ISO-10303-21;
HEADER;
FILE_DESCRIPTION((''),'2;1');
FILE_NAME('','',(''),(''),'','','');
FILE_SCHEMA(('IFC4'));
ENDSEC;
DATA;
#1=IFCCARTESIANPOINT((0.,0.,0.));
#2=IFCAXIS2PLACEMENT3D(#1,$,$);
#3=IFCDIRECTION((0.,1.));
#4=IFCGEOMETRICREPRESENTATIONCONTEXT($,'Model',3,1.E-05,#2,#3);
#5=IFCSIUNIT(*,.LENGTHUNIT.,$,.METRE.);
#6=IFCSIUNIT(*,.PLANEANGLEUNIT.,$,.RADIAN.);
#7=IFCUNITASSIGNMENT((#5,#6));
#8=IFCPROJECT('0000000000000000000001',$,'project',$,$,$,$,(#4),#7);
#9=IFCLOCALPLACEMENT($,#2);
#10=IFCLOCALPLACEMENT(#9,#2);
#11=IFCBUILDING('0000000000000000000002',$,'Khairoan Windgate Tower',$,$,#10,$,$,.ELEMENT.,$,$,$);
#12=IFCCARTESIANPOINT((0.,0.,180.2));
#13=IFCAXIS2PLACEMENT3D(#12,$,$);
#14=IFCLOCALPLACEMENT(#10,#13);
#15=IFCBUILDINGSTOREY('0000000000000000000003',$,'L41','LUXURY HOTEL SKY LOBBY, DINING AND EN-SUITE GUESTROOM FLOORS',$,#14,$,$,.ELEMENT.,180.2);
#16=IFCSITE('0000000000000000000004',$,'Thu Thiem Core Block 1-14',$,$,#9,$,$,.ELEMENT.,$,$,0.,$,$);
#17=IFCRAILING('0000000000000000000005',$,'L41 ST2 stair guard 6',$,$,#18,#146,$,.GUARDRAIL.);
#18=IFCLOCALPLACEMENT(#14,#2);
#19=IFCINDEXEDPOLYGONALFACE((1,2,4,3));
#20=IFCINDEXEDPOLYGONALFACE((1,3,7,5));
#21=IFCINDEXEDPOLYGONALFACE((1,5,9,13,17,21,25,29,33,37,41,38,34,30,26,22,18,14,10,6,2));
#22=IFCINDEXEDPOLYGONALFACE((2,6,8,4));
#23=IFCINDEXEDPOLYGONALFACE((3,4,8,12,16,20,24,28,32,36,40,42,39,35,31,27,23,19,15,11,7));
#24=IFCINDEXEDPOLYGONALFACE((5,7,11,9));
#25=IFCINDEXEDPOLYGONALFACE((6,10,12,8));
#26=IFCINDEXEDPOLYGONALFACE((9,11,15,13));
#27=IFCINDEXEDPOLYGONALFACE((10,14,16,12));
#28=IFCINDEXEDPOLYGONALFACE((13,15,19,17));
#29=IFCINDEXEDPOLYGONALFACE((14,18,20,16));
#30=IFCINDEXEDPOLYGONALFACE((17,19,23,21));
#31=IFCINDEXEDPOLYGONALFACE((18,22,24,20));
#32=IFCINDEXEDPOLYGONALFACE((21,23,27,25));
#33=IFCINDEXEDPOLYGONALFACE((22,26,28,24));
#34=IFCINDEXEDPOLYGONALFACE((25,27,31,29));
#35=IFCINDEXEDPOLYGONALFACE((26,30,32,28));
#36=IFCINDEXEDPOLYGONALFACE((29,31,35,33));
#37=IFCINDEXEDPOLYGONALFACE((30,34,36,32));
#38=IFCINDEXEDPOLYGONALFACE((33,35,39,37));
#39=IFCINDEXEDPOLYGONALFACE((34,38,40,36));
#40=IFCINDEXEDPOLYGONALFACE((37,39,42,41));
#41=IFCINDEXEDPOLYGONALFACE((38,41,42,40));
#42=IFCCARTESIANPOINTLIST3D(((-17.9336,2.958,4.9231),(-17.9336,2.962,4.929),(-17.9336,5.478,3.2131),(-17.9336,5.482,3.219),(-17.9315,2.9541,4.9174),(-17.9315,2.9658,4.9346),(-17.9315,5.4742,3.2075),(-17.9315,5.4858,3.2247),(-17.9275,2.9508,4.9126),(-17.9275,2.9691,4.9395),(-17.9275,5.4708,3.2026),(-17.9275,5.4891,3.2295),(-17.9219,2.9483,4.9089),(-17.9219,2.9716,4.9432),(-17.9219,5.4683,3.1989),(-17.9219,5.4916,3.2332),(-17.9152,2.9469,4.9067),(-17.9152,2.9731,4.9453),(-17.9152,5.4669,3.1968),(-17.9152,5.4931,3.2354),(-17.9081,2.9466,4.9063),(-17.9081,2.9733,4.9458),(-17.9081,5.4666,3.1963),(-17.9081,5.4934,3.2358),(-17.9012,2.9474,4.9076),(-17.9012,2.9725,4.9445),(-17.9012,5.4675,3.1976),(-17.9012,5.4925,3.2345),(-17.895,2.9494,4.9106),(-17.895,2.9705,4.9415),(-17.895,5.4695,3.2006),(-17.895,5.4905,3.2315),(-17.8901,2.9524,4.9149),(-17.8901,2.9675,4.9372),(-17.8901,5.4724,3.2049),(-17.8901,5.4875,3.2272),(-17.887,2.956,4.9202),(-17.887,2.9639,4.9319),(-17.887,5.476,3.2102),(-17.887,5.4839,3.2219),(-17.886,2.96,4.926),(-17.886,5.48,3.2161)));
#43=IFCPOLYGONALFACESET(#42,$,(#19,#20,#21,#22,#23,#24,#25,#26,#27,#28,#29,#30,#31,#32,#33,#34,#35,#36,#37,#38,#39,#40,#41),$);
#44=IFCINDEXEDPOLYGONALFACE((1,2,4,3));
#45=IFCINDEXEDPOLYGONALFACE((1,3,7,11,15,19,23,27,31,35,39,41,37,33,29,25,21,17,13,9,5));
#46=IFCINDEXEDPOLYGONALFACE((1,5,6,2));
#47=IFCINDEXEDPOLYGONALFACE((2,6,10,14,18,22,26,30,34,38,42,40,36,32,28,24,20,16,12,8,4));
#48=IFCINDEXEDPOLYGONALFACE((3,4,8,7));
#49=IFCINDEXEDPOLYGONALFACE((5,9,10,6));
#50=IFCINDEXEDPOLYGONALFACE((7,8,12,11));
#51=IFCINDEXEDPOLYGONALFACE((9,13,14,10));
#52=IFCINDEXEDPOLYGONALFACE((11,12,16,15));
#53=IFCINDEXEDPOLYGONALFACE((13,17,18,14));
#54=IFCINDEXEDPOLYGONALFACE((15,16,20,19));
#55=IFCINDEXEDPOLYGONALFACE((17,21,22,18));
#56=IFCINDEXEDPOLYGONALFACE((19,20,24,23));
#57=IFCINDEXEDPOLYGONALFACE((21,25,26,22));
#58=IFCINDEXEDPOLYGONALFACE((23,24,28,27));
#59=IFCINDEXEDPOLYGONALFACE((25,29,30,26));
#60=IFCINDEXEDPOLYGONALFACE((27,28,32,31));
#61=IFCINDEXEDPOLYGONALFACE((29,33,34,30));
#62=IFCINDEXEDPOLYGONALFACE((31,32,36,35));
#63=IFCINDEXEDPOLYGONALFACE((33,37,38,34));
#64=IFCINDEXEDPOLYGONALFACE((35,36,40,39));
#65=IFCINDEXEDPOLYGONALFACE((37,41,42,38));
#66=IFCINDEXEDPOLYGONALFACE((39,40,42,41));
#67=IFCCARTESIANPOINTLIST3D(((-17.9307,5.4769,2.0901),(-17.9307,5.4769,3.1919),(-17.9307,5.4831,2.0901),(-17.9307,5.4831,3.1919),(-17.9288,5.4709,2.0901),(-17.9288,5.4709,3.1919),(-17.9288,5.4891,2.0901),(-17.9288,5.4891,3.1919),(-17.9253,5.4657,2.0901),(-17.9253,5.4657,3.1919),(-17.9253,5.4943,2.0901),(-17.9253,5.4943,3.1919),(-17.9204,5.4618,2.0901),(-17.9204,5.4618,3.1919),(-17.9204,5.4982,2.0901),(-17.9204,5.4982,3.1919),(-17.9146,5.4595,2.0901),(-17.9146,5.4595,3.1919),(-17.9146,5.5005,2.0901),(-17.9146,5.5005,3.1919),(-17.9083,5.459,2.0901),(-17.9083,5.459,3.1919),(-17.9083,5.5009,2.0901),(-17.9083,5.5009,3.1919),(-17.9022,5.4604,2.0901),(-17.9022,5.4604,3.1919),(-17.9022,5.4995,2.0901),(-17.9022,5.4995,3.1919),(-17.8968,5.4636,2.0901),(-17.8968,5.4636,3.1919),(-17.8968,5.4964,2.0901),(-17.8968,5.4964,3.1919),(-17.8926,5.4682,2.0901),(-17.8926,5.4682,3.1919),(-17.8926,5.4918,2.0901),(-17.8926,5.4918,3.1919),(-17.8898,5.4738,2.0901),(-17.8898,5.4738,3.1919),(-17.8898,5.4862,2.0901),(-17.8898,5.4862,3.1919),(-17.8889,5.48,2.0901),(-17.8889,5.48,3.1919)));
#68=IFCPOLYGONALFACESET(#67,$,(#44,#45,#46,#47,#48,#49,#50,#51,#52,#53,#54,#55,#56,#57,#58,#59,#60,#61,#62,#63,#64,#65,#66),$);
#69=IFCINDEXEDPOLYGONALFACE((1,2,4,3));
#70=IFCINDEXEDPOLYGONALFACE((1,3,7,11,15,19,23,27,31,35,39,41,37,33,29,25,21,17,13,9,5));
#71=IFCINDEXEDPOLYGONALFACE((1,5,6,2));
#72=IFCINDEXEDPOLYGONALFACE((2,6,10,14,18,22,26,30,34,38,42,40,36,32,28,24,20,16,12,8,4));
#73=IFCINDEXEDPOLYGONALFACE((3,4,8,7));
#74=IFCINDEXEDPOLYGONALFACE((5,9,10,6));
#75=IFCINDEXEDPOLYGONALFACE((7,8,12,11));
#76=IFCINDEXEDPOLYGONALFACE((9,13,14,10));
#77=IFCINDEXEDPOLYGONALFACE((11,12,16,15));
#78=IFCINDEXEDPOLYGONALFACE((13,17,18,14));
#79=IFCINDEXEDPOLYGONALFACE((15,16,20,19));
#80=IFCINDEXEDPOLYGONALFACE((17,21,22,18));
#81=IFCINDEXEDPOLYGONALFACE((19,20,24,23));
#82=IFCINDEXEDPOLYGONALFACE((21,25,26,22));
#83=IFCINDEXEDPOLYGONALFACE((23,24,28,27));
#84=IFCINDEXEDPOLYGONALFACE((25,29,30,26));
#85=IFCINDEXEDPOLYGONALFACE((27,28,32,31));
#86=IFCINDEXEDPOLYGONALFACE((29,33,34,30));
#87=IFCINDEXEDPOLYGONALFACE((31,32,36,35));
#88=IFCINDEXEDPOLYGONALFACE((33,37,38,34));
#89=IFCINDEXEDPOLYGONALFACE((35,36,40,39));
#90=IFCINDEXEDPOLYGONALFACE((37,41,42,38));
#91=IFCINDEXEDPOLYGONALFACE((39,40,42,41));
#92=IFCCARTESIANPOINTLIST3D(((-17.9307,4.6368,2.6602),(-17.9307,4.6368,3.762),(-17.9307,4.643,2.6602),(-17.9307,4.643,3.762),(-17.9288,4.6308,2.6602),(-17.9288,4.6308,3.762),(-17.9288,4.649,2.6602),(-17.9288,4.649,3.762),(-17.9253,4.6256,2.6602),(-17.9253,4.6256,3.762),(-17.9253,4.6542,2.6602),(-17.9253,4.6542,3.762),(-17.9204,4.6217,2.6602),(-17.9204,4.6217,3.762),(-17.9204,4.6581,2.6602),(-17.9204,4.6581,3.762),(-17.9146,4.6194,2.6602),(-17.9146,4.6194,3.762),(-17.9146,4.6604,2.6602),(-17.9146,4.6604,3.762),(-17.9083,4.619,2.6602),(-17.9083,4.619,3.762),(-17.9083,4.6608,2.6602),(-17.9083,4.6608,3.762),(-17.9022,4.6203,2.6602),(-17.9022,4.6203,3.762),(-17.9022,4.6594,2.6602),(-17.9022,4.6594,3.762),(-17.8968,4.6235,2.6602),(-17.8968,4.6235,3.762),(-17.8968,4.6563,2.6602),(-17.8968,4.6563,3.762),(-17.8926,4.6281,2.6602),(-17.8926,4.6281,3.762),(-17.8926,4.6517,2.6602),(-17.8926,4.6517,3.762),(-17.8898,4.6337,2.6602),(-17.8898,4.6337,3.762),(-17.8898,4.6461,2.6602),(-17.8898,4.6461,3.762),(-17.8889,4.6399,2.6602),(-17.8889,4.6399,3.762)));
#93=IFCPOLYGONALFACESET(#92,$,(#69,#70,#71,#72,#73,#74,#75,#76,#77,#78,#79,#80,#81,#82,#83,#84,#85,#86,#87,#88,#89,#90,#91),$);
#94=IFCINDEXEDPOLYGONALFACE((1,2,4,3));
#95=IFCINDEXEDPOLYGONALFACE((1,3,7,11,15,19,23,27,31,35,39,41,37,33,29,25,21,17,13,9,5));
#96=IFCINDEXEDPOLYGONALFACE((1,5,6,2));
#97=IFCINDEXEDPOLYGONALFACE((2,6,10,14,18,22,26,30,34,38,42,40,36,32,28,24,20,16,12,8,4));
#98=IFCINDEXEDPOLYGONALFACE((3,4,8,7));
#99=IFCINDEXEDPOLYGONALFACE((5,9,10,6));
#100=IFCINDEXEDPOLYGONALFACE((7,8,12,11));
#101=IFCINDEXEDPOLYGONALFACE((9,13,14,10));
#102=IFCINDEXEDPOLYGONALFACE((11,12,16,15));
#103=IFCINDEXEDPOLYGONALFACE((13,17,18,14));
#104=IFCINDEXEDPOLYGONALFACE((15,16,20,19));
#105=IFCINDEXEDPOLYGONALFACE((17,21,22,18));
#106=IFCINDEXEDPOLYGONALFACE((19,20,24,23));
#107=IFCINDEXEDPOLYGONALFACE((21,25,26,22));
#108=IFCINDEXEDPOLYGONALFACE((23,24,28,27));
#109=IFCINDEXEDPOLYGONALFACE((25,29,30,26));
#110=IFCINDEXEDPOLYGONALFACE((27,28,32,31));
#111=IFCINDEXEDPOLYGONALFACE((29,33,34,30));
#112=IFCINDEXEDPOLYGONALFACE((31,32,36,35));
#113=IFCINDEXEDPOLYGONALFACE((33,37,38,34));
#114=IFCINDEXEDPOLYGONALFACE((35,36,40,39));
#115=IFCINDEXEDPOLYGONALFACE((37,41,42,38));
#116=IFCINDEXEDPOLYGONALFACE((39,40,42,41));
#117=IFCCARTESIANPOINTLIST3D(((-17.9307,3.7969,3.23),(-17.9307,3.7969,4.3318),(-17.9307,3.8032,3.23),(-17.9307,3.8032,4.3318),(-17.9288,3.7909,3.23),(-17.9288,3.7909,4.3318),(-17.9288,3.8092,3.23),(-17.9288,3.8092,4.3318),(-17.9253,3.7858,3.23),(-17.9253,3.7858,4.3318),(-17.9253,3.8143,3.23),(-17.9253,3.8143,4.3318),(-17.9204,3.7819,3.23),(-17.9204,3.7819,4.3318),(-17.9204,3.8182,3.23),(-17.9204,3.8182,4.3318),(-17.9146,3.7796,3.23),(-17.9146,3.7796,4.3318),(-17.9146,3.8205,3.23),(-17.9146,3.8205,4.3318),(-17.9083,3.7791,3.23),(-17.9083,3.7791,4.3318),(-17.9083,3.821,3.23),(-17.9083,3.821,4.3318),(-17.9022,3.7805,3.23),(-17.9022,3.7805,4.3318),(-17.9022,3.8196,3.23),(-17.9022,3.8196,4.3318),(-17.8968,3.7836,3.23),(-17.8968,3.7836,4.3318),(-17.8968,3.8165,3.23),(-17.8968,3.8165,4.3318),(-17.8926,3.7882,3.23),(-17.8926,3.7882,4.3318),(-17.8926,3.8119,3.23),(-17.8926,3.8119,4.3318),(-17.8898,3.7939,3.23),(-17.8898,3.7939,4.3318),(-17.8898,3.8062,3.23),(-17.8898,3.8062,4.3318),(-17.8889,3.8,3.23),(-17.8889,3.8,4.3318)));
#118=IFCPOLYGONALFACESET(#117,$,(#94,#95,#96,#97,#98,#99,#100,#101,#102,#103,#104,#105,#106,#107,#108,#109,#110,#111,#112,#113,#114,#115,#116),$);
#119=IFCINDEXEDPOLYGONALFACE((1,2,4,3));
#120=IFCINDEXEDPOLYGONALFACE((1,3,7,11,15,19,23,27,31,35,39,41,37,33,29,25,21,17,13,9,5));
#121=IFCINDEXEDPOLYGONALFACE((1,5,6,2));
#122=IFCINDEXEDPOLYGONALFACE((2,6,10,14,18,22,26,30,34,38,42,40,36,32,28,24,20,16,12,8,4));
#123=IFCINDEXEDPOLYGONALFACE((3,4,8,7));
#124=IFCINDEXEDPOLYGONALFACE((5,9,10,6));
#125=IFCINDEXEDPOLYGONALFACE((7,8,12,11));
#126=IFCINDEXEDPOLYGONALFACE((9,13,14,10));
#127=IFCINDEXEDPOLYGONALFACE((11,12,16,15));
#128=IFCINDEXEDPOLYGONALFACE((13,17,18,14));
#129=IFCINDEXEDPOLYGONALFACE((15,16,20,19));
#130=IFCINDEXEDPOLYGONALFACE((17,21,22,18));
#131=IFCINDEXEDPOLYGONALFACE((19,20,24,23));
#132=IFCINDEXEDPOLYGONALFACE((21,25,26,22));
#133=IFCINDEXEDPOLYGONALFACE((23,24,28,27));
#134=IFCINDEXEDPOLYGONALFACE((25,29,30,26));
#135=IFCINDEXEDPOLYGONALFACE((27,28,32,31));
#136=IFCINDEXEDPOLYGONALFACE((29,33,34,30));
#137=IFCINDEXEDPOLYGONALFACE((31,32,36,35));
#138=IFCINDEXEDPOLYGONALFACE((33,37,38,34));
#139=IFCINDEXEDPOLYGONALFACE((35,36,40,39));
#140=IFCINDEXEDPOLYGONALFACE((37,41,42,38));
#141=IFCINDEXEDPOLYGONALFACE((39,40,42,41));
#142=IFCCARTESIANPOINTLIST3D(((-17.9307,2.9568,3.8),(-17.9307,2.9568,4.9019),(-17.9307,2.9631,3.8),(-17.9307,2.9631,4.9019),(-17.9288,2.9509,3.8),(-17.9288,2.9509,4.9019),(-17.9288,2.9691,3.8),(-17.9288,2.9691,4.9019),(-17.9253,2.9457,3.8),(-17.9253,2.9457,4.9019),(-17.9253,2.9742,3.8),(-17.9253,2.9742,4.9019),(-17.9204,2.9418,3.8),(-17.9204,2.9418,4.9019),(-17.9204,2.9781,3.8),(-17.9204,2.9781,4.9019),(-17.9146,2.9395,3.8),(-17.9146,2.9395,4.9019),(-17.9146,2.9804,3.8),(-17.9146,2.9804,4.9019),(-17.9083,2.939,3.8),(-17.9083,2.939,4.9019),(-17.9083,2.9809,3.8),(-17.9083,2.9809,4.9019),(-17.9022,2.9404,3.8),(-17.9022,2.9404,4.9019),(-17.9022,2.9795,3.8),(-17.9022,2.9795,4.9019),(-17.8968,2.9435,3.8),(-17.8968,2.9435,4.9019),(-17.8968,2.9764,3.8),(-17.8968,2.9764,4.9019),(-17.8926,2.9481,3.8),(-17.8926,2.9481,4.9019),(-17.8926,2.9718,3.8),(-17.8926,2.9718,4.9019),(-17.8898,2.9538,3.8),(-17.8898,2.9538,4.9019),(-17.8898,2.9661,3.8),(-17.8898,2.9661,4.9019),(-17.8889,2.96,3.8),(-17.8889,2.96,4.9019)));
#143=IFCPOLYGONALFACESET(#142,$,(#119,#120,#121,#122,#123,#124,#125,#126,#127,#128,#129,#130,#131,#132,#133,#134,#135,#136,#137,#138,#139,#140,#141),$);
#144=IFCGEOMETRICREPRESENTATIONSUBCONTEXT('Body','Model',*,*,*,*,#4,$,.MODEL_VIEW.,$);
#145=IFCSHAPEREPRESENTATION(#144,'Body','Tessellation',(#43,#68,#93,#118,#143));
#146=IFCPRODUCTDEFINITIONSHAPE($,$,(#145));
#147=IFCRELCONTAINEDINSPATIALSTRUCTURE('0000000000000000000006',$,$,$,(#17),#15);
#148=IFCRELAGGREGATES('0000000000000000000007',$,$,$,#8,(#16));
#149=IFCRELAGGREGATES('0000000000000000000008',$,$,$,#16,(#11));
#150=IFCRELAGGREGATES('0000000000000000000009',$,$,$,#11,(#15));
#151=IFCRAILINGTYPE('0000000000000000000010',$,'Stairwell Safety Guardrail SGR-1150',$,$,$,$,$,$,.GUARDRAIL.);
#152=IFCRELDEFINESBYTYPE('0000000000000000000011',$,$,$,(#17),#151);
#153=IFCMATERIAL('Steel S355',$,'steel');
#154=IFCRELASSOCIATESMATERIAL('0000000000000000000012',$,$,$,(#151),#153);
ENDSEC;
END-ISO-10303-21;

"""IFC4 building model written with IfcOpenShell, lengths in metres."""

from ifc_helpers import new_model, si_unit, direction, frame, origin, origin_2d, place, context, subcontext, project, spatial, circle, extrude, material, type_object, element, save


model = new_model("IFC4")

# Units and contexts
model_context = context("Model", 3, precision=1e-05, world=origin(), true_north=direction((0.0, 1.0)))
body_context = subcontext(model_context, "Body", "Model", "MODEL_VIEW")
ifc_project = project(units=[si_unit("LENGTHUNIT", "METRE"), si_unit("PLANEANGLEUNIT", "RADIAN")], contexts=[model_context])

# Site, building, storey
site_placement = place(None, origin())
site = spatial("IfcSite", under=ifc_project, at=site_placement, Name="Thu Thiem Core Block 1-14", CompositionType="ELEMENT", RefElevation=0.0)
building_placement = place(site_placement, origin())
building = spatial("IfcBuilding", under=site, at=building_placement, Name="Khairoan Windgate Tower", CompositionType="ELEMENT")
storey_placement = place(building_placement, frame((0.0, 0.0, 180.2)))
storey = spatial("IfcBuildingStorey", under=building, at=storey_placement, Name="L41", Description="LUXURY HOTEL SKY LOBBY, DINING AND EN-SUITE GUESTROOM FLOORS", CompositionType="ELEMENT", Elevation=180.2)

# Railing
ifc_material_1 = material(Name="Steel S355", Category="steel")
railing_type_1 = type_object("IfcRailingType", Name="Stairwell Safety Guardrail SGR-1150", PredefinedType="GUARDRAIL", material=ifc_material_1)
railing_1_placement = place(storey_placement, frame((-17.9099, 5.48, 2.0901)))
element("IfcRailing", 1, at=railing_1_placement, inside=storey, type_object=railing_type_1, Name="L41 ST2 stair guard 6", PredefinedType="GUARDRAIL", context=body_context, shape_type="SweptSolid", body=[
    extrude(circle(Radius=0.0239, at=origin_2d()), frame((0.0, 0.0, 1.126), z_axis=(0.0, -0.827484, 0.56149), x_axis=(1.0, 0.0, 0.0)), (0.0, 0.0, 1.0), 3.0454),
    extrude(circle(Radius=0.021, at=origin_2d()), origin(), (0.0, 0.0, 1.0), 1.1018),
    extrude(circle(Radius=0.021, at=origin_2d()), frame((0.0, -0.8401, 0.5701)), (0.0, 0.0, 1.0), 1.1018),
    extrude(circle(Radius=0.021, at=origin_2d()), frame((0.0, -1.6799, 1.1399)), (0.0, 0.0, 1.0), 1.1018),
    extrude(circle(Radius=0.021, at=origin_2d()), frame((0.0, -2.52, 1.71)), (0.0, 0.0, 1.0), 1.1018),
])

save(model, "model.ifc")
